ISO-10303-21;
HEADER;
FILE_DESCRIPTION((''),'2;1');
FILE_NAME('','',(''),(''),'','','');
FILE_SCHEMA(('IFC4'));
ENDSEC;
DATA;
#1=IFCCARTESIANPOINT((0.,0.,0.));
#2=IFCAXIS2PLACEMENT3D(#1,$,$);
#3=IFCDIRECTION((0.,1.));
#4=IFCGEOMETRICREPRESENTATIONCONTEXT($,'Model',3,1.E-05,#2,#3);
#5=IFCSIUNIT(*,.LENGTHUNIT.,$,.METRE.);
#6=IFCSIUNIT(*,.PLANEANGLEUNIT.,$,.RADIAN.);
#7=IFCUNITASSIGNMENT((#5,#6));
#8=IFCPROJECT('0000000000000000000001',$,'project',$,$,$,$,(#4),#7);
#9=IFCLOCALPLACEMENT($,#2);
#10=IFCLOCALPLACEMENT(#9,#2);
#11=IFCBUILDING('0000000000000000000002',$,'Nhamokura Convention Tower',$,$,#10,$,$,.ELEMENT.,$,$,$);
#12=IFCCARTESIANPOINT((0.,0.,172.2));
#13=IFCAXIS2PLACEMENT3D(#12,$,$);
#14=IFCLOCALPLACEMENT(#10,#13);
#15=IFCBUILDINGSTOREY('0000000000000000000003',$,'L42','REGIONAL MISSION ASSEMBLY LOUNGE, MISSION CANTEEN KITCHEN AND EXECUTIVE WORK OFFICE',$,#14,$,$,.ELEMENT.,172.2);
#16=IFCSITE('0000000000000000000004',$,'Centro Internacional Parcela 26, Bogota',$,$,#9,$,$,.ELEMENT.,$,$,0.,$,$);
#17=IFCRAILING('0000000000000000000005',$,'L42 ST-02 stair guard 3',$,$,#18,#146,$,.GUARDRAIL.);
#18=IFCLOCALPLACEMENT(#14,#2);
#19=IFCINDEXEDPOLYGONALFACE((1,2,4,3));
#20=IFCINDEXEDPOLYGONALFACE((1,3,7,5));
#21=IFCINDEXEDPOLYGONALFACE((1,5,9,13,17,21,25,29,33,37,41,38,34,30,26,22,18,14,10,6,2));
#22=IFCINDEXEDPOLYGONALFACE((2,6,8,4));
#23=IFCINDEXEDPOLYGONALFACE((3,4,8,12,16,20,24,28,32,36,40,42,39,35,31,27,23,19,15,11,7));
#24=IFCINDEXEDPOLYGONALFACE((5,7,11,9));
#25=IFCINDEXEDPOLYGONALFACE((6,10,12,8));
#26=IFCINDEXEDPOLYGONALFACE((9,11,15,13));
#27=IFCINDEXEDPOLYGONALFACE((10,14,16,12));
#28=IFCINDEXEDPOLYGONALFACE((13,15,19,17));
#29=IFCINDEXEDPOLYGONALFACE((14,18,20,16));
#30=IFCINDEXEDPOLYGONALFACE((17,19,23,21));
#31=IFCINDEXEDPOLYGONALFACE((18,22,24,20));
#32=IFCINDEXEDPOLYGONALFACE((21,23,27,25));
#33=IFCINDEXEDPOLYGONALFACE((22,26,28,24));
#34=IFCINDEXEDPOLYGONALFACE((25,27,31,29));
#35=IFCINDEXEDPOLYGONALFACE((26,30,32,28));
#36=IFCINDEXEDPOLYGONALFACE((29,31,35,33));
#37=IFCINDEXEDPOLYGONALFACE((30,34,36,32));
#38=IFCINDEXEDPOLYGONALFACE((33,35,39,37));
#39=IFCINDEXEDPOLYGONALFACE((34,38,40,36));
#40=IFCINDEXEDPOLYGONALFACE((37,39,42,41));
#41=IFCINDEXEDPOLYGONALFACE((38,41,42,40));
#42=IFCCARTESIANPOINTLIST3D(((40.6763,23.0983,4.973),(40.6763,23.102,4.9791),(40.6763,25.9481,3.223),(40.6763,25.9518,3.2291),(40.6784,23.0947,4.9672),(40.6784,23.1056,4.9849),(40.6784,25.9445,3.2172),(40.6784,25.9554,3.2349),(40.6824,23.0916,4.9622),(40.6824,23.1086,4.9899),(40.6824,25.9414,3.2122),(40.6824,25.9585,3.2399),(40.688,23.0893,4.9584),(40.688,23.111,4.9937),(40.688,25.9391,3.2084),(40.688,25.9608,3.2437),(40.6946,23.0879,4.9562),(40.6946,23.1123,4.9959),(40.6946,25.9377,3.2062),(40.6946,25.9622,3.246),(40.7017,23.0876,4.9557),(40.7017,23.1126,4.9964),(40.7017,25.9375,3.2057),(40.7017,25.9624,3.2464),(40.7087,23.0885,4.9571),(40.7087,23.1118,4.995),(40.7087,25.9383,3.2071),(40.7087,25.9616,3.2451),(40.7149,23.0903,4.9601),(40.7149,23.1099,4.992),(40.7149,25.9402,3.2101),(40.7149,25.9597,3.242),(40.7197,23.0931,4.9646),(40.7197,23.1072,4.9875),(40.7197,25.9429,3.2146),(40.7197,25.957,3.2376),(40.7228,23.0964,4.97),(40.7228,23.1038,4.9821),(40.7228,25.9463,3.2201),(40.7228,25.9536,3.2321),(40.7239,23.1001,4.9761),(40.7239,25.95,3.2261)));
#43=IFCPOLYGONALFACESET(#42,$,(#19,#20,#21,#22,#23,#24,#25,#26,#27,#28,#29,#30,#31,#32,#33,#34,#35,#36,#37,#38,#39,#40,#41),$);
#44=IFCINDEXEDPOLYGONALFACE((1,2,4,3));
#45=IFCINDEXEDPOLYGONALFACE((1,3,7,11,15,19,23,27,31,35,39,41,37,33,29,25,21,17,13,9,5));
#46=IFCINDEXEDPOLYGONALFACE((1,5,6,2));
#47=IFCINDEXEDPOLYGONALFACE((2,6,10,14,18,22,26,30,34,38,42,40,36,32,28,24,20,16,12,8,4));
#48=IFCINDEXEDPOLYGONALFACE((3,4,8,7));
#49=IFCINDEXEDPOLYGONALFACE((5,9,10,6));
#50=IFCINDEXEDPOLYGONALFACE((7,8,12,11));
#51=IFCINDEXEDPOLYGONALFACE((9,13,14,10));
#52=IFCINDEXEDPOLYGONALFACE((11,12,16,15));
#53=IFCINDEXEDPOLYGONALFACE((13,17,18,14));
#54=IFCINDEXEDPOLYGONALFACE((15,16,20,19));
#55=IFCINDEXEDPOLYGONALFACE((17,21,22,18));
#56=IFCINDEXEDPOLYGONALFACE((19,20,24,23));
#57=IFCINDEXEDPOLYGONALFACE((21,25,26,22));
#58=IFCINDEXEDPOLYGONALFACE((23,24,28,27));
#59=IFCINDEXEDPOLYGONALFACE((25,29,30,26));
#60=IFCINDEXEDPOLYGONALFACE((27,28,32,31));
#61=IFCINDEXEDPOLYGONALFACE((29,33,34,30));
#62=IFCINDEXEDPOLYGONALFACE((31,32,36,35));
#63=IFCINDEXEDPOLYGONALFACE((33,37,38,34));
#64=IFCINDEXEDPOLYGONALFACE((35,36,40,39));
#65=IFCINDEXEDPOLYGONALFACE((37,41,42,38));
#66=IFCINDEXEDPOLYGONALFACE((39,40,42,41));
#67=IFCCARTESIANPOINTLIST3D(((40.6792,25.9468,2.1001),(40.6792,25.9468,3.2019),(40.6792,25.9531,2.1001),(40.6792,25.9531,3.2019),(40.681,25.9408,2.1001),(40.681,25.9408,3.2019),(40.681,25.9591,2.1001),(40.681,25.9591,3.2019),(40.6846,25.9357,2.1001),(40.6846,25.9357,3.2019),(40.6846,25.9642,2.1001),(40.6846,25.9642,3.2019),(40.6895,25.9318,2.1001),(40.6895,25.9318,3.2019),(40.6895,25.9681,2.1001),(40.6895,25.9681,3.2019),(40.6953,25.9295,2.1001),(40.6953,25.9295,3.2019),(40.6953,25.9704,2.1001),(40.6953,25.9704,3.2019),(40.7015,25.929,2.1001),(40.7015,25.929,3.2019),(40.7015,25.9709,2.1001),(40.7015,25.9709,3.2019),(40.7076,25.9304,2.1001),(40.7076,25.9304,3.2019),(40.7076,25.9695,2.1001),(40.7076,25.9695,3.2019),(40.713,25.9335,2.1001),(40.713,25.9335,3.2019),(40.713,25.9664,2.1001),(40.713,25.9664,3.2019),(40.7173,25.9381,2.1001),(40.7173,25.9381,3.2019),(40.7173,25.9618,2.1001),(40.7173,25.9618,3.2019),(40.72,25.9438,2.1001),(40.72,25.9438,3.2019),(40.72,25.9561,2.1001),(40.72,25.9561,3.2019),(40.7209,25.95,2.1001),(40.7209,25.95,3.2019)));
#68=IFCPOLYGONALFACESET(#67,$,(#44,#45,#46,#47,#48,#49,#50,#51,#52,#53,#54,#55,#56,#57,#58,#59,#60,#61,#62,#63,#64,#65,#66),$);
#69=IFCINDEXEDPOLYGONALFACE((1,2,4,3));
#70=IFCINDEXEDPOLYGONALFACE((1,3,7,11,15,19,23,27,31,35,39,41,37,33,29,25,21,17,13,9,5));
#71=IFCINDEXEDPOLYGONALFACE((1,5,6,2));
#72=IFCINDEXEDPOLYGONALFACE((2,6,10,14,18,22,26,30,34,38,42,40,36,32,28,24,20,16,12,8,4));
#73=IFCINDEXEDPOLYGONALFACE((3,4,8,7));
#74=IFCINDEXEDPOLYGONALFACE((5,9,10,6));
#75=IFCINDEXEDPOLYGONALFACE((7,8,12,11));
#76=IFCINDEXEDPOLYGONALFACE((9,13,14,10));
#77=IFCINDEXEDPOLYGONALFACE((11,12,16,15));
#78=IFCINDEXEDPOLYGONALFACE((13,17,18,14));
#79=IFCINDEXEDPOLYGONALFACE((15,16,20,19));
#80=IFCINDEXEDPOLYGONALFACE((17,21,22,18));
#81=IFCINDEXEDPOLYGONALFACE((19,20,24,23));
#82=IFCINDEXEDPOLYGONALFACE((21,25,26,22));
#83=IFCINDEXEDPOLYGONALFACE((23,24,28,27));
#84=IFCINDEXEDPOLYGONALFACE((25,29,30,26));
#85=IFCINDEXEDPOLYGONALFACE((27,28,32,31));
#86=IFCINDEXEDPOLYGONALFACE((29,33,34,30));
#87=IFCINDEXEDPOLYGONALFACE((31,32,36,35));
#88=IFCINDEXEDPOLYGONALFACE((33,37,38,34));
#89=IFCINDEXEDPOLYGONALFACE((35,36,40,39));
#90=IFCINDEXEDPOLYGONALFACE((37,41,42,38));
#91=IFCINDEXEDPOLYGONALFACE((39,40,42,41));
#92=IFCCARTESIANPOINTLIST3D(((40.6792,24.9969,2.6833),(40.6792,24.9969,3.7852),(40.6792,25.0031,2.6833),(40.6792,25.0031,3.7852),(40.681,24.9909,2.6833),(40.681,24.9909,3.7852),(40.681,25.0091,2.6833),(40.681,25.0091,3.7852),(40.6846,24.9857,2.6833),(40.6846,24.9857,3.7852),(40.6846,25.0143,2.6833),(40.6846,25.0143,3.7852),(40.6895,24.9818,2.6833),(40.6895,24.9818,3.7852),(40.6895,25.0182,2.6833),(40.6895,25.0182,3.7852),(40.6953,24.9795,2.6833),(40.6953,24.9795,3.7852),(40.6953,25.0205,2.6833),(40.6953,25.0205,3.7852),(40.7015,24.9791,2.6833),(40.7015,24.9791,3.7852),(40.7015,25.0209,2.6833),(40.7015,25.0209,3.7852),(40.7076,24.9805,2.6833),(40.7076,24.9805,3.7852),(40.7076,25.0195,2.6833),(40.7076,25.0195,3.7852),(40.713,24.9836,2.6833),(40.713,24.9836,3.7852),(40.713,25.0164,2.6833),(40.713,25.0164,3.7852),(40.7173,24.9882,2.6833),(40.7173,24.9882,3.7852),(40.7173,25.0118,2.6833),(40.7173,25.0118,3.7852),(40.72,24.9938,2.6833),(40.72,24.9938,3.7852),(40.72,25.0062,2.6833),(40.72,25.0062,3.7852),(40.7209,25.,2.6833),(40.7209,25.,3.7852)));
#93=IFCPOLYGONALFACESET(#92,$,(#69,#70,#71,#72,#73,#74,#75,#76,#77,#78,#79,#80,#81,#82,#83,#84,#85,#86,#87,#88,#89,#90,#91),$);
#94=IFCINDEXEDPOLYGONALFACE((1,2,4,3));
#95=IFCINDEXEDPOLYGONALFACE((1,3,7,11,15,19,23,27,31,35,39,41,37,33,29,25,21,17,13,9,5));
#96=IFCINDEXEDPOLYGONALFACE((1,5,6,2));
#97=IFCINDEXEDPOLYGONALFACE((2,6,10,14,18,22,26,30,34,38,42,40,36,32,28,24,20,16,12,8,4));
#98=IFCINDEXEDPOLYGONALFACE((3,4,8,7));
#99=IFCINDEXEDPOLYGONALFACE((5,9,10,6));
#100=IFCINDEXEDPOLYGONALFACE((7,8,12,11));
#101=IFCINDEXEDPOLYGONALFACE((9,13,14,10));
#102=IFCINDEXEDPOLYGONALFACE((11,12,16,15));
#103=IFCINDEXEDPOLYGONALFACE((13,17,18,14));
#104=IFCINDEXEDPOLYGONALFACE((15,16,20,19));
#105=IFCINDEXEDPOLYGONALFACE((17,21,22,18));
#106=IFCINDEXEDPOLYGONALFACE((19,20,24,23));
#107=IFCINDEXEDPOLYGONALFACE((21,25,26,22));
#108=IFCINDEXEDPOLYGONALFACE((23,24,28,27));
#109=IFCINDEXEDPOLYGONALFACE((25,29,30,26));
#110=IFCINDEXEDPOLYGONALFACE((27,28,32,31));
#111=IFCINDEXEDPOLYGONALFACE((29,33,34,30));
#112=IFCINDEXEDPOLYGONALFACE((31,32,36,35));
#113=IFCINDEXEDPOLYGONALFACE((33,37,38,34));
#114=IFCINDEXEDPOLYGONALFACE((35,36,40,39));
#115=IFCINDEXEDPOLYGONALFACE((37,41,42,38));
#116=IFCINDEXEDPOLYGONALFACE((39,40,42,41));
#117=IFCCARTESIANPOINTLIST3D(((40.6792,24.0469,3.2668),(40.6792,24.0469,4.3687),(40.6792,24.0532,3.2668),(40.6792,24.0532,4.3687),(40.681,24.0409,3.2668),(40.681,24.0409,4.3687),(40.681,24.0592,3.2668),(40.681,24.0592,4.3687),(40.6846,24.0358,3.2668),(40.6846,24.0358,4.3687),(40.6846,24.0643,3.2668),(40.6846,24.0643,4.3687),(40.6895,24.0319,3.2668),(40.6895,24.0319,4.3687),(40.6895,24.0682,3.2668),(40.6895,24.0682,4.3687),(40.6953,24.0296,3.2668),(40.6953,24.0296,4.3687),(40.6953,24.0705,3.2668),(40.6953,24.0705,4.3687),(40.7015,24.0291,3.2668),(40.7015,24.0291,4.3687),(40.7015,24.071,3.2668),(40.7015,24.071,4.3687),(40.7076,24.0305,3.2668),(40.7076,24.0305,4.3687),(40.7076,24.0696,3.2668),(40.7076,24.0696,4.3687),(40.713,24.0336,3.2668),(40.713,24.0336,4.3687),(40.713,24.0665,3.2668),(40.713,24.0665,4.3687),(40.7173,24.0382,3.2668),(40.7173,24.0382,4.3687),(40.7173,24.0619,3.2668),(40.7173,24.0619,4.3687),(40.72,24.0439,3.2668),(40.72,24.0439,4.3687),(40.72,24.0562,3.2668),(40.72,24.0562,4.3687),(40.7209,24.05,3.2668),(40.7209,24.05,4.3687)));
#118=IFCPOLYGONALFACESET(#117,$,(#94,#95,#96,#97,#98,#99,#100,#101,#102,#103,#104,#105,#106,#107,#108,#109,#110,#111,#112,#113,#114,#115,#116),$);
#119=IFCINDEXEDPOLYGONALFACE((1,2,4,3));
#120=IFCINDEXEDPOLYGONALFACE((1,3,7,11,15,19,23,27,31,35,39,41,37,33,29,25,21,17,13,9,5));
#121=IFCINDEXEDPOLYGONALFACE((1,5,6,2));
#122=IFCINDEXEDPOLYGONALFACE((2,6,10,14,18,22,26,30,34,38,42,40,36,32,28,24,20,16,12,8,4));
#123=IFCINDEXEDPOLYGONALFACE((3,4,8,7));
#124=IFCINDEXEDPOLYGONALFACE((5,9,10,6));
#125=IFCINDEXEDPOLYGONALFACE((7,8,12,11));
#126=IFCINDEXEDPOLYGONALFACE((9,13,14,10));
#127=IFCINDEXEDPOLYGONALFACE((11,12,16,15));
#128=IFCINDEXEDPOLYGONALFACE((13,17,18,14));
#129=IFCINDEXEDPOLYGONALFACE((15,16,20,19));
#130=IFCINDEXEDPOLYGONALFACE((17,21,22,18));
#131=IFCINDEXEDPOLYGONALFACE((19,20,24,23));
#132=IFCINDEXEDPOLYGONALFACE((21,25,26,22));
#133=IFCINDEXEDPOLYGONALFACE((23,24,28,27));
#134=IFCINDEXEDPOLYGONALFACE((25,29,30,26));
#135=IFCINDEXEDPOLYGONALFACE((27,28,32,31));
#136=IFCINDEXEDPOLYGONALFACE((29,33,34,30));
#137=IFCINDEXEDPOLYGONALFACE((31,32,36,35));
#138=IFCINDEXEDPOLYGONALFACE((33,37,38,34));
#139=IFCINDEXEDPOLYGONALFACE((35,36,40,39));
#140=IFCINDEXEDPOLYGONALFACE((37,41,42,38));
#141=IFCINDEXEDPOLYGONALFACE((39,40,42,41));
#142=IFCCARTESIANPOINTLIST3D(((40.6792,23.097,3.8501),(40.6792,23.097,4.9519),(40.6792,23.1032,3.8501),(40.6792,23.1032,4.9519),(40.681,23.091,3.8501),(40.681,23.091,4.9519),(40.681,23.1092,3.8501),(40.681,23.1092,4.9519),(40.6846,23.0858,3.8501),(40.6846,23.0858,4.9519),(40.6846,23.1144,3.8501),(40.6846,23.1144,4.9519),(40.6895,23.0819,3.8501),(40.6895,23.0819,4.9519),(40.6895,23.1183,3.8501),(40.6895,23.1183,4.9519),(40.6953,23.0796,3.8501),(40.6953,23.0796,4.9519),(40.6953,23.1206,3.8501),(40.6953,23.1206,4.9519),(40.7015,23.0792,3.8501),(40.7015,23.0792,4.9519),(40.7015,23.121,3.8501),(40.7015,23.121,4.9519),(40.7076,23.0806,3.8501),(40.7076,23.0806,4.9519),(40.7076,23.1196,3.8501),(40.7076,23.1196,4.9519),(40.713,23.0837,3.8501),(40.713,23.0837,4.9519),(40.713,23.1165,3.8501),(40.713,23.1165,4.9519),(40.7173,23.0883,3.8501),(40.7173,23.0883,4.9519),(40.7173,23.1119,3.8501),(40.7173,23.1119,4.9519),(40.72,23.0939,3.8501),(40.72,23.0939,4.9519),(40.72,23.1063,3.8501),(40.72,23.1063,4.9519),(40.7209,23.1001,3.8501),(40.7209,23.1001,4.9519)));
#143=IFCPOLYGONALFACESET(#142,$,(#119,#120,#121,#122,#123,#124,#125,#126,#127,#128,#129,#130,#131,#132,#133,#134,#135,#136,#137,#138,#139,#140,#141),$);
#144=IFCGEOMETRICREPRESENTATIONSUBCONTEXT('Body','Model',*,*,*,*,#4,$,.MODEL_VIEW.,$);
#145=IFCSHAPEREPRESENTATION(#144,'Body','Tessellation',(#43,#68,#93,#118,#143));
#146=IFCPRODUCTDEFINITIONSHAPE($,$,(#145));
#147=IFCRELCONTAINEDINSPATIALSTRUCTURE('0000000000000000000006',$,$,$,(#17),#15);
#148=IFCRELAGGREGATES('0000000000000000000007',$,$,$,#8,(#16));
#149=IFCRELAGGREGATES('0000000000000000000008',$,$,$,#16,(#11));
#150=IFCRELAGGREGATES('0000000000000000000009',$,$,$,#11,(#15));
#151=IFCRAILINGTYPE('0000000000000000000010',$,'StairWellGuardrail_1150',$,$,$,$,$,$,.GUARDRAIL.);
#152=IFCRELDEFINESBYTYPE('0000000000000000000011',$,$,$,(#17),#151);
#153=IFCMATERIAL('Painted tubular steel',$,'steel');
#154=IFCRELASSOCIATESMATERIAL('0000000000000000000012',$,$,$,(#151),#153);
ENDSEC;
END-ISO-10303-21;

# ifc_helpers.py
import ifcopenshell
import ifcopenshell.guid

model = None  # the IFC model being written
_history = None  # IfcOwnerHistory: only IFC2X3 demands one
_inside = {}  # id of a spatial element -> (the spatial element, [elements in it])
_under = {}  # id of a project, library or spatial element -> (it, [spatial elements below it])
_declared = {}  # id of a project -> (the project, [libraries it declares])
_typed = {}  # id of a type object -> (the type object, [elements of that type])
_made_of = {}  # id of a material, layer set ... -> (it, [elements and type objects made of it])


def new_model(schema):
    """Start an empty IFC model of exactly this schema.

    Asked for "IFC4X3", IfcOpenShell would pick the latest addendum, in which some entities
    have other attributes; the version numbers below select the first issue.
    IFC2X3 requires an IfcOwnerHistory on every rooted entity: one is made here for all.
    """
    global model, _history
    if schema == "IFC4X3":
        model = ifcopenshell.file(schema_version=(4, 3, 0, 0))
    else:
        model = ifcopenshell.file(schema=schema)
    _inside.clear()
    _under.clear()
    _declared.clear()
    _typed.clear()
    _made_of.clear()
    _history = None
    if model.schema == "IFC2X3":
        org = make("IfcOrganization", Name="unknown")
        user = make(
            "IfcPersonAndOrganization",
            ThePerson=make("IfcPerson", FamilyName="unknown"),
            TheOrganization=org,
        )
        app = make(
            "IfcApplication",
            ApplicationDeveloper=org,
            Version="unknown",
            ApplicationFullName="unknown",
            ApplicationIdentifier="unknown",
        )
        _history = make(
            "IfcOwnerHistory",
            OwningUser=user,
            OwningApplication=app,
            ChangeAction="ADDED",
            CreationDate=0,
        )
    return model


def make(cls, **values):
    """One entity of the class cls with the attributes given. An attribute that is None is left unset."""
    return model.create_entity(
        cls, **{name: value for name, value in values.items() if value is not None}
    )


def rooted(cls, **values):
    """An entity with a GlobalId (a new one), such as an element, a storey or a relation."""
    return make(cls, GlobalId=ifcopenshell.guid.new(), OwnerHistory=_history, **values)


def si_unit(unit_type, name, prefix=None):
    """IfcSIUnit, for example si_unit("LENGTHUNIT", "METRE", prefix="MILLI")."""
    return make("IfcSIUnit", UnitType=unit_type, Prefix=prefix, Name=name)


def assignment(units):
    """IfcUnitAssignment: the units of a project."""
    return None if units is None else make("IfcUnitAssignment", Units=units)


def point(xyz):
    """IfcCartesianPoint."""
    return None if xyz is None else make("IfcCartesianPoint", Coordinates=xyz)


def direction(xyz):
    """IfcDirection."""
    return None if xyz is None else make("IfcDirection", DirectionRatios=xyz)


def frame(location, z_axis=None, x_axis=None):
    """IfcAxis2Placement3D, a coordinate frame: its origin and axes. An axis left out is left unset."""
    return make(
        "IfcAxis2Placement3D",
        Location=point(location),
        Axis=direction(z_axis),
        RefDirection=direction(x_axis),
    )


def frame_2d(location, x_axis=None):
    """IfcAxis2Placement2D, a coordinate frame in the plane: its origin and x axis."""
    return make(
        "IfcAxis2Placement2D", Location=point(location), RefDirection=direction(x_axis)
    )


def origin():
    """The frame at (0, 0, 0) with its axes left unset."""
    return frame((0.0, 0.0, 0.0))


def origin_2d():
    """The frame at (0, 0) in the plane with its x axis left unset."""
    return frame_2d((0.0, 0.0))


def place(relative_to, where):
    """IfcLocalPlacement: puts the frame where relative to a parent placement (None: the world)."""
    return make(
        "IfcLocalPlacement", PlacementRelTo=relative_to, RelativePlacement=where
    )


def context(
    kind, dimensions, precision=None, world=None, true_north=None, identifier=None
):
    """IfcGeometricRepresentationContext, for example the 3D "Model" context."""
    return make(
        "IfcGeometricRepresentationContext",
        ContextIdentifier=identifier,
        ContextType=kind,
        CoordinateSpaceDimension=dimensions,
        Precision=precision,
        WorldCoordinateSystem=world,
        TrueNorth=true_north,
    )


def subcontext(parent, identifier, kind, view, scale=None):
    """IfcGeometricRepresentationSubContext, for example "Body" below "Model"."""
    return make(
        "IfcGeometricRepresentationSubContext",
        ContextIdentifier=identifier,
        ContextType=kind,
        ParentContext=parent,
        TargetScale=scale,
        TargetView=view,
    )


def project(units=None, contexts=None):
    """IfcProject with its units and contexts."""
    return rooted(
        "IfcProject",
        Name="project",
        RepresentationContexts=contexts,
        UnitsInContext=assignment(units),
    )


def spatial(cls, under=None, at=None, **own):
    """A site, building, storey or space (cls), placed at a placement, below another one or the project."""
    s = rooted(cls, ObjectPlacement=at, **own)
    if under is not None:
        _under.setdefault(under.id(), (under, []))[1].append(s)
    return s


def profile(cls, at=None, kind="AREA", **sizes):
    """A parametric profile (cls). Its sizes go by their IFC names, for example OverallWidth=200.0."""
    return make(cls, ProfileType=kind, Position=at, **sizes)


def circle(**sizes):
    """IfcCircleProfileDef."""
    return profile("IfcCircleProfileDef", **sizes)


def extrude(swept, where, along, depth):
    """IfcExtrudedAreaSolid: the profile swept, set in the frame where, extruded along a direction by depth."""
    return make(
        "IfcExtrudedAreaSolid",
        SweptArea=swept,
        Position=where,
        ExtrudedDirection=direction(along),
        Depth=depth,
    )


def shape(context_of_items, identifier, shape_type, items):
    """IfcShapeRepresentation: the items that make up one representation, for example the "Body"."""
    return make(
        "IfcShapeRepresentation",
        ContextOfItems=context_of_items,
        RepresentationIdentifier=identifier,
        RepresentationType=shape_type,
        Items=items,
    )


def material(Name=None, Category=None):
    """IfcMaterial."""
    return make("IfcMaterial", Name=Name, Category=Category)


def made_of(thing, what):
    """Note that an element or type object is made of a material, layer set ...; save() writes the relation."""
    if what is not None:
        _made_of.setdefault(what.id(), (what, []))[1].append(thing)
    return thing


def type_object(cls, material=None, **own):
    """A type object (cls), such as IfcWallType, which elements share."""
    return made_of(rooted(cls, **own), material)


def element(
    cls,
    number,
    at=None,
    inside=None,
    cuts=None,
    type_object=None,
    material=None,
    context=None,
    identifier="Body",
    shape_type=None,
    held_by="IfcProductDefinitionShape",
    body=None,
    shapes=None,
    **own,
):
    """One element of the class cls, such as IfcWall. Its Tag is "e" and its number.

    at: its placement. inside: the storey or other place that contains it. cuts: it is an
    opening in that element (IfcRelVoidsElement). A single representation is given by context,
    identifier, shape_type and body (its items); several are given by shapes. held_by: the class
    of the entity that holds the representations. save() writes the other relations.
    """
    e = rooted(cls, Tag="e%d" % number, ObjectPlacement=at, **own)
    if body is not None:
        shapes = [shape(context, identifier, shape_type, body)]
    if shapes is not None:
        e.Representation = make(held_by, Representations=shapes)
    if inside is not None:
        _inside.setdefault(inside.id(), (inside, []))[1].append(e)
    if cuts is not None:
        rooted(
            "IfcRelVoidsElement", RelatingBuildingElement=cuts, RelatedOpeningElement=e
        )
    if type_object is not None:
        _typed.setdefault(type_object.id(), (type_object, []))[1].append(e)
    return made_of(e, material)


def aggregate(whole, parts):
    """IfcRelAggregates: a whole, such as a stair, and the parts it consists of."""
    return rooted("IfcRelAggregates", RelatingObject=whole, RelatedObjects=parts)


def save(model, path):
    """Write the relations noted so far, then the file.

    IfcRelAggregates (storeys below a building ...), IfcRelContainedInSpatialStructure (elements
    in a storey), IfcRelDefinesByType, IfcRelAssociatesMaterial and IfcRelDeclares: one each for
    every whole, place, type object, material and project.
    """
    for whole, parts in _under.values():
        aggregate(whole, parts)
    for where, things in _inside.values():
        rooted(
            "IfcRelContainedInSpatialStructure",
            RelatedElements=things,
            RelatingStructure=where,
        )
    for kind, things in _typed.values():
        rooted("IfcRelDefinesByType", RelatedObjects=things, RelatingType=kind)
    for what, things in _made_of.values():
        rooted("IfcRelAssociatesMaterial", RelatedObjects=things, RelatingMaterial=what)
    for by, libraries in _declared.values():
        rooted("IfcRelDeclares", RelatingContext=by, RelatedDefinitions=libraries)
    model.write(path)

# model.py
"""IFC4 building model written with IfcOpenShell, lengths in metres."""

from ifc_helpers import new_model, si_unit, direction, frame, origin, origin_2d, place, context, subcontext, project, spatial, circle, extrude, material, type_object, element, save


model = new_model("IFC4")

# Units and contexts
model_context = context("Model", 3, precision=1e-05, world=origin(), true_north=direction((0.0, 1.0)))
body_context = subcontext(model_context, "Body", "Model", "MODEL_VIEW")
ifc_project = project(units=[si_unit("LENGTHUNIT", "METRE"), si_unit("PLANEANGLEUNIT", "RADIAN")], contexts=[model_context])

# Site, building, storey
site_placement = place(None, origin())
site = spatial("IfcSite", under=ifc_project, at=site_placement, Name="Centro Internacional Parcela 26, Bogota", CompositionType="ELEMENT", RefElevation=0.0)
building_placement = place(site_placement, origin())
building = spatial("IfcBuilding", under=site, at=building_placement, Name="Nhamokura Convention Tower", CompositionType="ELEMENT")
storey_placement = place(building_placement, frame((0.0, 0.0, 172.2)))
storey = spatial("IfcBuildingStorey", under=building, at=storey_placement, Name="L42", Description="REGIONAL MISSION ASSEMBLY LOUNGE, MISSION CANTEEN KITCHEN AND EXECUTIVE WORK OFFICE", CompositionType="ELEMENT", Elevation=172.2)

# Railing
ifc_material_1 = material(Name="Painted tubular steel", Category="steel")
railing_type_1 = type_object("IfcRailingType", Name="StairWellGuardrail_1150", PredefinedType="GUARDRAIL", material=ifc_material_1)
railing_1_placement = place(storey_placement, frame((40.7, 25.95, 2.1001)))
element("IfcRailing", 1, at=railing_1_placement, inside=storey, type_object=railing_type_1, Name="L42 ST-02 stair guard 3", PredefinedType="GUARDRAIL", context=body_context, shape_type="SweptSolid", body=[
    extrude(circle(Radius=0.0239, at=origin_2d()), frame((0.0, 0.0, 1.126), z_axis=(0.0, -0.852159, 0.523283), x_axis=(1.0, 0.0, 0.0)), (0.0, 0.0, 1.0), 3.3442),
    extrude(circle(Radius=0.021, at=origin_2d()), origin(), (0.0, 0.0, 1.0), 1.1018),
    extrude(circle(Radius=0.021, at=origin_2d()), frame((0.0, -0.95, 0.5833)), (0.0, 0.0, 1.0), 1.1018),
    extrude(circle(Radius=0.021, at=origin_2d()), frame((0.0, -1.8999, 1.1667)), (0.0, 0.0, 1.0), 1.1018),
    extrude(circle(Radius=0.021, at=origin_2d()), frame((0.0, -2.8499, 1.75)), (0.0, 0.0, 1.0), 1.1018),
])

save(model, "model.ifc")
